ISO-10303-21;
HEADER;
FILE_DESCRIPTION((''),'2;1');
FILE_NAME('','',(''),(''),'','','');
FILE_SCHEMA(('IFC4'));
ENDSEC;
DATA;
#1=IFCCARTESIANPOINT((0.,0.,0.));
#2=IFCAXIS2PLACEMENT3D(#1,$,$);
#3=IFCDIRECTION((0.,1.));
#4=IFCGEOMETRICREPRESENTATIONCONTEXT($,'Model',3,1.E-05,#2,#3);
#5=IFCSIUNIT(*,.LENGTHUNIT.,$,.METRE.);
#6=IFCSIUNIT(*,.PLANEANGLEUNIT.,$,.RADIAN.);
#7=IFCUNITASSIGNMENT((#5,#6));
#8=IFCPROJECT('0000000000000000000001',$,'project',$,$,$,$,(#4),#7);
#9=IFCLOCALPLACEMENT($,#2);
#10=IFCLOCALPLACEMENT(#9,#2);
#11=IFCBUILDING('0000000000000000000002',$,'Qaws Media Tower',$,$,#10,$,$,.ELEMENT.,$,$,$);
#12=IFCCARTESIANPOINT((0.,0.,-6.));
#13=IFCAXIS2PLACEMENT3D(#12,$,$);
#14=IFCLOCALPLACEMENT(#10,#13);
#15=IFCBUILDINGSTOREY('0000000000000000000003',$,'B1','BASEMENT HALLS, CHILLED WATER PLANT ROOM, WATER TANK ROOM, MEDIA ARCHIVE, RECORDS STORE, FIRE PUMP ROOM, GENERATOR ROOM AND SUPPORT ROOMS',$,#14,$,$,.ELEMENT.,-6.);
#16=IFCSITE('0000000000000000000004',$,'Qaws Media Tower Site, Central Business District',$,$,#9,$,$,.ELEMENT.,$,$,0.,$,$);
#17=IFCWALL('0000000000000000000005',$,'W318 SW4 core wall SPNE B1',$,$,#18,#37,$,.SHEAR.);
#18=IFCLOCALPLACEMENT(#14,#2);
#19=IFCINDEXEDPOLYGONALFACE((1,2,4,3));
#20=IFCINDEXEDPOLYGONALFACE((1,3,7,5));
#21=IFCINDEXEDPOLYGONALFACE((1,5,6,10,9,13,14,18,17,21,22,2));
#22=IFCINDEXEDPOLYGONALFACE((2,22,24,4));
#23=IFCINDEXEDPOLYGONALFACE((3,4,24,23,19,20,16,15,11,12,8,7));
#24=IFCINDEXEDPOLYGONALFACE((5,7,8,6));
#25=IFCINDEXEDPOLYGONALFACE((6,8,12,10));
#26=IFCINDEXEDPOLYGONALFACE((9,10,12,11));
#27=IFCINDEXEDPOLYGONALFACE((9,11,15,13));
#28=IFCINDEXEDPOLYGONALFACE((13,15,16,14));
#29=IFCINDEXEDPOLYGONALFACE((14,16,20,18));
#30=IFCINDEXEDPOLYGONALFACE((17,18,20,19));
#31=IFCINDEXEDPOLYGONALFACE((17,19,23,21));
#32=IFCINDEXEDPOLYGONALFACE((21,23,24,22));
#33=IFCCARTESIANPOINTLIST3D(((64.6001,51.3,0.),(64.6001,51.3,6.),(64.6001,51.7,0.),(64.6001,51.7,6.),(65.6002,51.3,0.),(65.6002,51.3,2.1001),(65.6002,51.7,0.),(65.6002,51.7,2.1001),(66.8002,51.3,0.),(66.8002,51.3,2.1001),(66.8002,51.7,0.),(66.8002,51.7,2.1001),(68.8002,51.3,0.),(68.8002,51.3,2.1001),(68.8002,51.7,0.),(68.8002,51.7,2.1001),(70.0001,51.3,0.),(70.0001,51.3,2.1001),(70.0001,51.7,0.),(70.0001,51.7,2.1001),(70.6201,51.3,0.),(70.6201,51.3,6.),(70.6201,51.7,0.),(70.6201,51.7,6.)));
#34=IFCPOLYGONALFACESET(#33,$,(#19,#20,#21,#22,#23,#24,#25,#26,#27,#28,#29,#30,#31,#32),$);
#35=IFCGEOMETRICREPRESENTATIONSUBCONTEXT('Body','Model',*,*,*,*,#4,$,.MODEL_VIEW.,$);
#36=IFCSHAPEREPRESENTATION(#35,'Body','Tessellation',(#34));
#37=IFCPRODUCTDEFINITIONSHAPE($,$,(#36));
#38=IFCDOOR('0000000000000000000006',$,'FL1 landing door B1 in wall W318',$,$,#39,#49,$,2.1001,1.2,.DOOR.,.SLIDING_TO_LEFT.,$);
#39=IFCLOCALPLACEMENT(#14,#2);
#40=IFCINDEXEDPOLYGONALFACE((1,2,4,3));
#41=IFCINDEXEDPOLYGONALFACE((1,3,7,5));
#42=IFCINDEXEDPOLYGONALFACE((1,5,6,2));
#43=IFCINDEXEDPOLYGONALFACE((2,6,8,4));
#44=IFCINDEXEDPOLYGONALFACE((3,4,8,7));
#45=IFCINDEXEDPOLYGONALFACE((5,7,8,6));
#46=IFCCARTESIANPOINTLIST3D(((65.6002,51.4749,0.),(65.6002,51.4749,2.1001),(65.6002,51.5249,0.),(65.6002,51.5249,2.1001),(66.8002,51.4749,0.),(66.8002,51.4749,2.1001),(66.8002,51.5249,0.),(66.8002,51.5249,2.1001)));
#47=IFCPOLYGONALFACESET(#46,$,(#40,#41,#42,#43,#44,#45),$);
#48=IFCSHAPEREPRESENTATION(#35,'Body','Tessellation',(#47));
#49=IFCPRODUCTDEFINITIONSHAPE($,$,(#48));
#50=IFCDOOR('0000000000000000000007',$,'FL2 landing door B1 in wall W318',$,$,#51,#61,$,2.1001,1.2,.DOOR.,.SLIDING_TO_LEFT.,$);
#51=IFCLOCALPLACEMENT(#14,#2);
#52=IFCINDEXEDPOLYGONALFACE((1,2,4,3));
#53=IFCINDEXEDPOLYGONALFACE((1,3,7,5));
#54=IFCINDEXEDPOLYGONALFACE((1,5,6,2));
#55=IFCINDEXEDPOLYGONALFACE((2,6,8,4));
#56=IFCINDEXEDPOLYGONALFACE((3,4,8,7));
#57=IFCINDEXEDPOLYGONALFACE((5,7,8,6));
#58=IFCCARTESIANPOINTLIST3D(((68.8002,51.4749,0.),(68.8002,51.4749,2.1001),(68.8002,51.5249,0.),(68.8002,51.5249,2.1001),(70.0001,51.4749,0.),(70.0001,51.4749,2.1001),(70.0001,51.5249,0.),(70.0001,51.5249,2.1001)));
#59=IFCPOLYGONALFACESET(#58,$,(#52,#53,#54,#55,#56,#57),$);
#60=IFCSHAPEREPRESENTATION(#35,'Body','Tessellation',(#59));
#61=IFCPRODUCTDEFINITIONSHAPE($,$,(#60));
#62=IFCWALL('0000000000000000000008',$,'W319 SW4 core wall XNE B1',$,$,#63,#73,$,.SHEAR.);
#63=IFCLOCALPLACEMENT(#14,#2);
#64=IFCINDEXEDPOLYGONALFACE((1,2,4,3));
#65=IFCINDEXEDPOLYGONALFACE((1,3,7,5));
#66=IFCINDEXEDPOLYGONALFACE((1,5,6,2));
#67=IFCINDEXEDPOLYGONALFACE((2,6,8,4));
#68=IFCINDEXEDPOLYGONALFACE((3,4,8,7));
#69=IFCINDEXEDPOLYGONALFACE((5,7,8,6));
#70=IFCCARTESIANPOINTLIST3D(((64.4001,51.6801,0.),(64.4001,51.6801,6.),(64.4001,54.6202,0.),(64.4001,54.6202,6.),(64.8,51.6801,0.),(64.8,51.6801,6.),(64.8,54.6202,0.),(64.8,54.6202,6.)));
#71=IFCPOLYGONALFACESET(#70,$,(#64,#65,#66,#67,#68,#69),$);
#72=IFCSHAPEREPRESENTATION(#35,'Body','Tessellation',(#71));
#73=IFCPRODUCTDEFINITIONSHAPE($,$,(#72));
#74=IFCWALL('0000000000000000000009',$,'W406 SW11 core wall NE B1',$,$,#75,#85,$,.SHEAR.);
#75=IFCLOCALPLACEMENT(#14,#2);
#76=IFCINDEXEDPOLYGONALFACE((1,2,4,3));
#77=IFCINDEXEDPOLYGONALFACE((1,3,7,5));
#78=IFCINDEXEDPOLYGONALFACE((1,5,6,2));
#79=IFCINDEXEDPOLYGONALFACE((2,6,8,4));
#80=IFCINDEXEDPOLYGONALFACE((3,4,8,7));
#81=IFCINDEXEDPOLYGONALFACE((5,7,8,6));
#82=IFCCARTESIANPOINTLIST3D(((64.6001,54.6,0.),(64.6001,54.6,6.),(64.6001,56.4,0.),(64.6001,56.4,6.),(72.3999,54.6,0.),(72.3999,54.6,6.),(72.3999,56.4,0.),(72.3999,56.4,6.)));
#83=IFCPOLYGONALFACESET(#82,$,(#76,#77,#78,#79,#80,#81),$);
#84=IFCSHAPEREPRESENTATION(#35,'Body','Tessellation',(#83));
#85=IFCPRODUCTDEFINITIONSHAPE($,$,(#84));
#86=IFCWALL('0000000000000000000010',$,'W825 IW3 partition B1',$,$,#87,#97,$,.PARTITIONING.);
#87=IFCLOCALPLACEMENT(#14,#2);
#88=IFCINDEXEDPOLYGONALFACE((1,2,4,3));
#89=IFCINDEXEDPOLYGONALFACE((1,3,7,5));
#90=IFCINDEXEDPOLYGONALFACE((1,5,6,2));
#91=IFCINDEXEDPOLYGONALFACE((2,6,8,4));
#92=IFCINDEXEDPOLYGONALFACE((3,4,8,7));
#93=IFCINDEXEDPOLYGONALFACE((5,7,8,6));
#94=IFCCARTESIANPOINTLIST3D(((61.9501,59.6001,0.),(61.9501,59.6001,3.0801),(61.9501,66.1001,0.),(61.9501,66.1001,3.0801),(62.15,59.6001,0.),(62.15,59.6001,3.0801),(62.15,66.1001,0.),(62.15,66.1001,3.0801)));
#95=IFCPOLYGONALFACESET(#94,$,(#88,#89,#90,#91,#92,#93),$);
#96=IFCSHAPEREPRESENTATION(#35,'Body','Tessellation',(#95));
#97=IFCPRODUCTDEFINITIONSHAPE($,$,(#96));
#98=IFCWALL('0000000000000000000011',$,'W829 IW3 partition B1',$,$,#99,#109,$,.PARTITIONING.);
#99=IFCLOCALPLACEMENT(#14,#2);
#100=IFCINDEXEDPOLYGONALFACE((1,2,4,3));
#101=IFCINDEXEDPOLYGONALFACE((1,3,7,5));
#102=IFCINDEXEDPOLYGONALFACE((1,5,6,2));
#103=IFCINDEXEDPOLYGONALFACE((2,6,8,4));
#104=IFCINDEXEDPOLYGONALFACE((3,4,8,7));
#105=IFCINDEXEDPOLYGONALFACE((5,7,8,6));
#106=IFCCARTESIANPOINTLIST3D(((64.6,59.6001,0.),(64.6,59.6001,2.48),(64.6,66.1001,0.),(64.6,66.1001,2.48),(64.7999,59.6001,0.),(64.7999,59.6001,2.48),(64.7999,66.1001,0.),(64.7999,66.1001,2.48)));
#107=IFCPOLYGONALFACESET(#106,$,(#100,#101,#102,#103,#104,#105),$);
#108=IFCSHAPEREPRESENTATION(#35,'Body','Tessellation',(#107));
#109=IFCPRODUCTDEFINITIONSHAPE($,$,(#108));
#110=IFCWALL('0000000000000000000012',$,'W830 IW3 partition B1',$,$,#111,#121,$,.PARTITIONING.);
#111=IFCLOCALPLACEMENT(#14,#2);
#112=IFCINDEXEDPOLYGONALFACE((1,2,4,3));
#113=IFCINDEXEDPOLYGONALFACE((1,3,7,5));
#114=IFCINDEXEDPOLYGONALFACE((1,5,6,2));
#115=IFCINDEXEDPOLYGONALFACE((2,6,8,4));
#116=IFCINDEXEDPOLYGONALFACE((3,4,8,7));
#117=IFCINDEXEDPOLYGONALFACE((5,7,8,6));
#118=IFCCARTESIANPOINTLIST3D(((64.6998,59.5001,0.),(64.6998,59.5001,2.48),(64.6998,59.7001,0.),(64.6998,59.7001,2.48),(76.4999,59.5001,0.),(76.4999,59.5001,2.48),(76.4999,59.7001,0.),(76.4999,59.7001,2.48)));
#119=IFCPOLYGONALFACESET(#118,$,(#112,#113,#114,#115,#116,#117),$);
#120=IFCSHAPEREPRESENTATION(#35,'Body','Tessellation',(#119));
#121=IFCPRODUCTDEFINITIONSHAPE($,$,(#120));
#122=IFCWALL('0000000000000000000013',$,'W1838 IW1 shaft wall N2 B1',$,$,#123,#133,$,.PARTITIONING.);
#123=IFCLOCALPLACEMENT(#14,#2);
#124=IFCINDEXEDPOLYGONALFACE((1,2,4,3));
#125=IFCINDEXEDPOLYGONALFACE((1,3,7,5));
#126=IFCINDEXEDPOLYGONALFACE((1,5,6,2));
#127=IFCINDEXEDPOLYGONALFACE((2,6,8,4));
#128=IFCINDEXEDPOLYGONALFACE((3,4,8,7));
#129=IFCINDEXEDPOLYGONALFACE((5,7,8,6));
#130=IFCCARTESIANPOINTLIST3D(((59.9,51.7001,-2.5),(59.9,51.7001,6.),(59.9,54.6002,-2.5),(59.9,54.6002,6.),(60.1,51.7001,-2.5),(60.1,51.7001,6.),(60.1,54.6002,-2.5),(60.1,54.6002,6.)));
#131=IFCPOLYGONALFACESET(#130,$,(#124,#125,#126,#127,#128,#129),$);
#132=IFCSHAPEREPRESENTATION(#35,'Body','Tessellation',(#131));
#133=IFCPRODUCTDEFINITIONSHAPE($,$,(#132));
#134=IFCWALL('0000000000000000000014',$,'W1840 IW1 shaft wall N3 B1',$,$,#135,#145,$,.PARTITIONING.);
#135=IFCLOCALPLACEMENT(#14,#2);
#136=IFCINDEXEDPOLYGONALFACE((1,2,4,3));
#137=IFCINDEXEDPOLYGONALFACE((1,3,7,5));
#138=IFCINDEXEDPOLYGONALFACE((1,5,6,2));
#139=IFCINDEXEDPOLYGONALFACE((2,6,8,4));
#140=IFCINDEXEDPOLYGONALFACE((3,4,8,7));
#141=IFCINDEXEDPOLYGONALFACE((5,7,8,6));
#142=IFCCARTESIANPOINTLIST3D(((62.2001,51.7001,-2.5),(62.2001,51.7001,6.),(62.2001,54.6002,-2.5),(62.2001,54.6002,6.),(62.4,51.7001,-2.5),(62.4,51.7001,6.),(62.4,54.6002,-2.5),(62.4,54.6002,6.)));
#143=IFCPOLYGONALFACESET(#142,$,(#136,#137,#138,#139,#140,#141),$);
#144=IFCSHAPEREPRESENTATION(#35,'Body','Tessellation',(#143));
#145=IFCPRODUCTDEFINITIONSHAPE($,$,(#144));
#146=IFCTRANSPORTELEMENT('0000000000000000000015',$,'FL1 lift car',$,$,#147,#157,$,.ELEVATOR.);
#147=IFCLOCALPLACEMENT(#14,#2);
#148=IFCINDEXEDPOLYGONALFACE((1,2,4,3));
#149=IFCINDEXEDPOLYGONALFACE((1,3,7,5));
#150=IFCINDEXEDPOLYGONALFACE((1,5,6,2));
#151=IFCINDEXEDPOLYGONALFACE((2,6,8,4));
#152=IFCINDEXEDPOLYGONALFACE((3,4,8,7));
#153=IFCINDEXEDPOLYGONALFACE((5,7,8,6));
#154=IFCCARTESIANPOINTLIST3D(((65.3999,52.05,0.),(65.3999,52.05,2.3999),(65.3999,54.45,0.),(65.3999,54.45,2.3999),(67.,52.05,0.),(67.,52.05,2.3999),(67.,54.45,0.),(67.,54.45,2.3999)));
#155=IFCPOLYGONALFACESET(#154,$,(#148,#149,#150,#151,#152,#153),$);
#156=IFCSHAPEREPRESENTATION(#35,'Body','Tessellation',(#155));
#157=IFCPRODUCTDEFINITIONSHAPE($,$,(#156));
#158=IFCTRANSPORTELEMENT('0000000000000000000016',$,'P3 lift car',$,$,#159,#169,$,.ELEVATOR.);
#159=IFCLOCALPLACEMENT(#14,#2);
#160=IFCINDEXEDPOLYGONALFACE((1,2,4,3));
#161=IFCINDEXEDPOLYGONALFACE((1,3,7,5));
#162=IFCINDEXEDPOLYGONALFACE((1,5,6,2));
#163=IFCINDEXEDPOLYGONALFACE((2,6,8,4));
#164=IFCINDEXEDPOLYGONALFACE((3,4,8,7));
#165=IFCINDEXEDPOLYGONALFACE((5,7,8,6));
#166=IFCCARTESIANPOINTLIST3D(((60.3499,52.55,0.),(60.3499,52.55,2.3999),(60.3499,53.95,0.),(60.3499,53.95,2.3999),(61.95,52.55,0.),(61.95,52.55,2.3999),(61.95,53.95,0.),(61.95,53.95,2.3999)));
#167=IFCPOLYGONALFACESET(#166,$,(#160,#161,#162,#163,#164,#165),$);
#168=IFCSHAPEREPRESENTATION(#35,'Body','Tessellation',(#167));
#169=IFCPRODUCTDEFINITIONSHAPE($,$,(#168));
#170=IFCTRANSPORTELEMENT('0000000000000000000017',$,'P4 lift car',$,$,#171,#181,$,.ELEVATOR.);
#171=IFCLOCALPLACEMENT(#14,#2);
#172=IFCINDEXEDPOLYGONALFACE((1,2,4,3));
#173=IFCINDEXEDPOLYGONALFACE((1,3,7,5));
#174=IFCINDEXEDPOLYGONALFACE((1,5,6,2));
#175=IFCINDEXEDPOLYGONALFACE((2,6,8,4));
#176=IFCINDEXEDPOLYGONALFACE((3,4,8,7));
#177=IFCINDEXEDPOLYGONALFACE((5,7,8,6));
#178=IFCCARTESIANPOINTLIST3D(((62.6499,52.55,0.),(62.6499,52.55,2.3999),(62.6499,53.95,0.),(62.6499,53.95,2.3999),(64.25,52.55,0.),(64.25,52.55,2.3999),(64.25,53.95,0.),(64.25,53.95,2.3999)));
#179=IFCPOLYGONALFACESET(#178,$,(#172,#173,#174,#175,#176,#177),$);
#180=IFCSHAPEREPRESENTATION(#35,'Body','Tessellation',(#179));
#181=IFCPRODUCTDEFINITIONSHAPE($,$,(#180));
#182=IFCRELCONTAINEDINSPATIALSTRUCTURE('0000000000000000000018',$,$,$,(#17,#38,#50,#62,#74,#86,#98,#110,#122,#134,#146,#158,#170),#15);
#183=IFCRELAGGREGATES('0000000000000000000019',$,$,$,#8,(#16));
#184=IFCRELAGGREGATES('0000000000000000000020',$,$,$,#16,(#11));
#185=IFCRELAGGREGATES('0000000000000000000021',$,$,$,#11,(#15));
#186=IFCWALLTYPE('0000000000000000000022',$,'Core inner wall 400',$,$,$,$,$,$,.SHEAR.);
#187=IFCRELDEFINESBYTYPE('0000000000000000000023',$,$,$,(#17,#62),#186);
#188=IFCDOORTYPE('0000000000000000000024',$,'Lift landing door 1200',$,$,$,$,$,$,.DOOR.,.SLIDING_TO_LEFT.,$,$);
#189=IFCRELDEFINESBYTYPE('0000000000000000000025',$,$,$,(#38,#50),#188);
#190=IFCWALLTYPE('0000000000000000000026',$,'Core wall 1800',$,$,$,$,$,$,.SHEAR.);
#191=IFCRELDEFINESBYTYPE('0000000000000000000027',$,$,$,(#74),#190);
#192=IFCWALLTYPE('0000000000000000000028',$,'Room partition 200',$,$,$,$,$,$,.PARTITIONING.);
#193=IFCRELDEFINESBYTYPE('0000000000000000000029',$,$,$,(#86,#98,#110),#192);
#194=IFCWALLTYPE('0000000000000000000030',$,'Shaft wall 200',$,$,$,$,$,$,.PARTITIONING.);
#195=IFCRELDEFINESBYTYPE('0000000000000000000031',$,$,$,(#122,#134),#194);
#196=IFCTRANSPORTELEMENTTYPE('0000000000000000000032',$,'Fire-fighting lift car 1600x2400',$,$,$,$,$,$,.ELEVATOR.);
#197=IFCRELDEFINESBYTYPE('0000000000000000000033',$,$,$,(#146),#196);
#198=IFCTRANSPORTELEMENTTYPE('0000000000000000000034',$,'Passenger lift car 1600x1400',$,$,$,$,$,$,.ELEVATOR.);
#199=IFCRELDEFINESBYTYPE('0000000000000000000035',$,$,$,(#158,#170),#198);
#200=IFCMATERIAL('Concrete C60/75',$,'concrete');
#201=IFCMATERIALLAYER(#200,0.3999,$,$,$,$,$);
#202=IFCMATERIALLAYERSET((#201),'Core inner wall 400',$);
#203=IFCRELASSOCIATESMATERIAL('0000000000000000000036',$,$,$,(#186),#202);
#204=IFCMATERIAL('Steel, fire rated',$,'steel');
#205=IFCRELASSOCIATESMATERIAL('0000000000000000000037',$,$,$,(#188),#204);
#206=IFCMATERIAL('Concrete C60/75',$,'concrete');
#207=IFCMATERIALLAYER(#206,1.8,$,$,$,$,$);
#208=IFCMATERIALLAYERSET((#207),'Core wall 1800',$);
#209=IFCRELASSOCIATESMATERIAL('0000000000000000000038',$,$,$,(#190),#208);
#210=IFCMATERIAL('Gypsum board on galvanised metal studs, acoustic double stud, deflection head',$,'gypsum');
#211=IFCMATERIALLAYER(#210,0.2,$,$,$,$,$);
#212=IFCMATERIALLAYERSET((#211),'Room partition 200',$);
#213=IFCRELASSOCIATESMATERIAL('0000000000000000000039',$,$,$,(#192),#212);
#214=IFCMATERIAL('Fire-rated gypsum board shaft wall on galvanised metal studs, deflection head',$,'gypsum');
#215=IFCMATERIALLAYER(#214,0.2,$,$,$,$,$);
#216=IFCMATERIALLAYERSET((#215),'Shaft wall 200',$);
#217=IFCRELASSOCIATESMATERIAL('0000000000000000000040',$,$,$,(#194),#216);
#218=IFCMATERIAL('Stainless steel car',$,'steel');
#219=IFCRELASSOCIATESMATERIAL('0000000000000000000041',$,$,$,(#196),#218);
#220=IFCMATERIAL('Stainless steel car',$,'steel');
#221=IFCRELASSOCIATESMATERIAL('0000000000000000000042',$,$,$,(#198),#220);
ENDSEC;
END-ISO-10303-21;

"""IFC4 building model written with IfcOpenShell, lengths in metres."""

from ifc_helpers import new_model, si_unit, direction, frame, frame_2d, origin, origin_2d, place, context, subcontext, project, spatial, rectangle, extrude, material, layer, layer_set, type_object, element, fill, save


model = new_model("IFC4")

# Units and contexts
model_context = context("Model", 3, precision=1e-05, world=origin(), true_north=direction((0.0, 1.0)))
body_context = subcontext(model_context, "Body", "Model", "MODEL_VIEW")
ifc_project = project(units=[si_unit("LENGTHUNIT", "METRE"), si_unit("PLANEANGLEUNIT", "RADIAN")], contexts=[model_context])

# Site, building, storey
site_placement = place(None, origin())
site = spatial("IfcSite", under=ifc_project, at=site_placement, Name="Qaws Media Tower Site, Central Business District", CompositionType="ELEMENT", RefElevation=0.0)
building_placement = place(site_placement, origin())
building = spatial("IfcBuilding", under=site, at=building_placement, Name="Qaws Media Tower", CompositionType="ELEMENT")
storey_placement = place(building_placement, frame((0.0, 0.0, -6.0)))
storey = spatial("IfcBuildingStorey", under=building, at=storey_placement, Name="B1", Description="BASEMENT HALLS, CHILLED WATER PLANT ROOM, WATER TANK ROOM, MEDIA ARCHIVE, RECORDS STORE, FIRE PUMP ROOM, GENERATOR ROOM AND SUPPORT ROOMS", CompositionType="ELEMENT", Elevation=-6.0)

# Wall, openings, doors
ifc_material_1 = material(Name="Concrete C60/75", Category="concrete")
ifc_layer_1 = layer(ifc_material_1, 0.3999)
ifc_layer_set_1 = layer_set([ifc_layer_1], Name="Core inner wall 400")
wall_type_1 = type_object("IfcWallType", Name="Core inner wall 400", PredefinedType="SHEAR", material=ifc_layer_set_1)
wall_1_placement = place(storey_placement, frame((64.6001, 51.5, 0.0), z_axis=(0.0, 0.0, 1.0), x_axis=(1.0, 0.0, 0.0)))
wall_1 = element("IfcWall", 1, at=wall_1_placement, inside=storey, type_object=wall_type_1, Name="W318 SW4 core wall SPNE B1", PredefinedType="SHEAR", context=body_context, shape_type="SweptSolid", body=[
    extrude(rectangle(XDim=6.02, YDim=0.3999, at=frame_2d((3.01, 0.0))), origin(), (0.0, 0.0, 1.0), 6.0),
])
opening_1_placement = place(wall_1_placement, frame((1.0, 0.0, 0.0)))
opening_1 = element("IfcOpeningElement", 2, at=opening_1_placement, cuts=wall_1, PredefinedType="OPENING", context=body_context, shape_type="SweptSolid", body=[
    extrude(rectangle(XDim=1.2, YDim=2.1001, at=frame_2d((0.6001, 1.05))), frame((0.0, 0.21, 0.0), z_axis=(0.0, -1.0, 0.0), x_axis=(1.0, 0.0, 0.0)), (0.0, 0.0, 1.0), 0.4199),
])
opening_2_placement = place(wall_1_placement, frame((4.2, 0.0, 0.0)))
opening_2 = element("IfcOpeningElement", 3, at=opening_2_placement, cuts=wall_1, PredefinedType="OPENING", context=body_context, shape_type="SweptSolid", body=[
    extrude(rectangle(XDim=1.2, YDim=2.1001, at=frame_2d((0.6001, 1.05))), frame((0.0, 0.21, 0.0), z_axis=(0.0, -1.0, 0.0), x_axis=(1.0, 0.0, 0.0)), (0.0, 0.0, 1.0), 0.4199),
])
ifc_material_2 = material(Name="Steel, fire rated", Category="steel")
door_type = type_object("IfcDoorType", Name="Lift landing door 1200", OperationType="SLIDING_TO_LEFT", PredefinedType="DOOR", material=ifc_material_2)
door_1_placement = place(opening_1_placement, origin())
door_1 = element("IfcDoor", 4, at=door_1_placement, inside=storey, type_object=door_type, Name="FL1 landing door B1 in wall W318", OperationType="SLIDING_TO_LEFT", OverallHeight=2.1001, OverallWidth=1.2, PredefinedType="DOOR", context=body_context, shape_type="SweptSolid", body=[
    extrude(rectangle(XDim=1.2, YDim=2.1001, at=frame_2d((0.6001, 1.05))), frame((0.0, 0.0249, 0.0), z_axis=(0.0, -1.0, 0.0), x_axis=(1.0, 0.0, 0.0)), (0.0, 0.0, 1.0), 0.05),
])
fill(opening_1, door_1)
door_2_placement = place(opening_2_placement, origin())
door_2 = element("IfcDoor", 5, at=door_2_placement, inside=storey, type_object=door_type, Name="FL2 landing door B1 in wall W318", OperationType="SLIDING_TO_LEFT", OverallHeight=2.1001, OverallWidth=1.2, PredefinedType="DOOR", context=body_context, shape_type="SweptSolid", body=[
    extrude(rectangle(XDim=1.2, YDim=2.1001, at=frame_2d((0.6001, 1.05))), frame((0.0, 0.0249, 0.0), z_axis=(0.0, -1.0, 0.0), x_axis=(1.0, 0.0, 0.0)), (0.0, 0.0, 1.0), 0.05),
])
fill(opening_2, door_2)

# Walls
wall_2_placement = place(storey_placement, frame((64.6001, 51.6799, 0.0), z_axis=(0.0, 0.0, 1.0), x_axis=(0.0, 1.0, 0.0)))
element("IfcWall", 6, at=wall_2_placement, inside=storey, type_object=wall_type_1, Name="W319 SW4 core wall XNE B1", PredefinedType="SHEAR", context=body_context, shape_type="SweptSolid", body=[
    extrude(rectangle(XDim=2.9402, YDim=0.3999, at=frame_2d((1.4702, 0.0))), origin(), (0.0, 0.0, 1.0), 6.0),
])
ifc_material_3 = material(Name="Concrete C60/75", Category="concrete")
ifc_layer_2 = layer(ifc_material_3, 1.8)
ifc_layer_set_2 = layer_set([ifc_layer_2], Name="Core wall 1800")
wall_type_2 = type_object("IfcWallType", Name="Core wall 1800", PredefinedType="SHEAR", material=ifc_layer_set_2)
wall_3_placement = place(storey_placement, frame((64.6001, 55.5, 0.0), z_axis=(0.0, 0.0, 1.0), x_axis=(1.0, 0.0, 0.0)))
element("IfcWall", 7, at=wall_3_placement, inside=storey, type_object=wall_type_2, Name="W406 SW11 core wall NE B1", PredefinedType="SHEAR", context=body_context, shape_type="SweptSolid", body=[
    extrude(rectangle(XDim=7.7998, YDim=1.8, at=frame_2d((3.8999, 0.0))), origin(), (0.0, 0.0, 1.0), 6.0),
])
ifc_material_4 = material(Name="Gypsum board on galvanised metal studs, acoustic double stud, deflection head", Category="gypsum")
ifc_layer_3 = layer(ifc_material_4, 0.2)
ifc_layer_set_3 = layer_set([ifc_layer_3], Name="Room partition 200")
wall_type_3 = type_object("IfcWallType", Name="Room partition 200", PredefinedType="PARTITIONING", material=ifc_layer_set_3)
wall_4_placement = place(storey_placement, frame((62.05, 59.6001, 0.0), z_axis=(0.0, 0.0, 1.0), x_axis=(0.0, 1.0, 0.0)))
element("IfcWall", 8, at=wall_4_placement, inside=storey, type_object=wall_type_3, Name="W825 IW3 partition B1", PredefinedType="PARTITIONING", context=body_context, shape_type="SweptSolid", body=[
    extrude(rectangle(XDim=6.5, YDim=0.2, at=frame_2d((3.25, 0.0))), origin(), (0.0, 0.0, 1.0), 3.0801),
])
wall_5_placement = place(storey_placement, frame((64.7, 59.6001, 0.0), z_axis=(0.0, 0.0, 1.0), x_axis=(0.0, 1.0, 0.0)))
element("IfcWall", 9, at=wall_5_placement, inside=storey, type_object=wall_type_3, Name="W829 IW3 partition B1", PredefinedType="PARTITIONING", context=body_context, shape_type="SweptSolid", body=[
    extrude(rectangle(XDim=6.5, YDim=0.2, at=frame_2d((3.25, 0.0))), origin(), (0.0, 0.0, 1.0), 2.48),
])
wall_6_placement = place(storey_placement, frame((64.7, 59.6001, 0.0), z_axis=(0.0, 0.0, 1.0), x_axis=(1.0, 0.0, 0.0)))
element("IfcWall", 10, at=wall_6_placement, inside=storey, type_object=wall_type_3, Name="W830 IW3 partition B1", PredefinedType="PARTITIONING", context=body_context, shape_type="SweptSolid", body=[
    extrude(rectangle(XDim=11.8, YDim=0.2, at=frame_2d((5.8999, 0.0))), origin(), (0.0, 0.0, 1.0), 2.48),
])
ifc_material_5 = material(Name="Fire-rated gypsum board shaft wall on galvanised metal studs, deflection head", Category="gypsum")
ifc_layer_4 = layer(ifc_material_5, 0.2)
ifc_layer_set_4 = layer_set([ifc_layer_4], Name="Shaft wall 200")
wall_type_4 = type_object("IfcWallType", Name="Shaft wall 200", PredefinedType="PARTITIONING", material=ifc_layer_set_4)
for number, where, z_axis, x_axis, name in (
    (11, (60.0, 51.7, -2.5), (0.0, 0.0, 1.0), (0.0, 1.0, 0.0), "W1838 IW1 shaft wall N2 B1"),
    (12, (62.3, 51.7, -2.5), (0.0, 0.0, 1.0), (0.0, 1.0, 0.0), "W1840 IW1 shaft wall N3 B1"),
):
    element("IfcWall", number, at=place(storey_placement, frame(where, z_axis=z_axis, x_axis=x_axis)), inside=storey, type_object=wall_type_4, Name=name, PredefinedType="PARTITIONING", context=body_context, shape_type="SweptSolid", body=[
        extrude(rectangle(XDim=2.9001, YDim=0.2, at=frame_2d((1.4502, 0.0))), origin(), (0.0, 0.0, 1.0), 8.5),
    ])

# Transport elements
ifc_material_6 = material(Name="Stainless steel car", Category="steel")
transport_element_type_1 = type_object("IfcTransportElementType", Name="Fire-fighting lift car 1600x2400", PredefinedType="ELEVATOR", material=ifc_material_6)
transport_element_placement = place(storey_placement, frame((66.2, 53.25, 0.0), z_axis=(0.0, 0.0, 1.0), x_axis=(1.0, 0.0, 0.0)))
element("IfcTransportElement", 13, at=transport_element_placement, inside=storey, type_object=transport_element_type_1, Name="FL1 lift car", PredefinedType="ELEVATOR", context=body_context, shape_type="SweptSolid", body=[
    extrude(rectangle(XDim=1.6001, YDim=2.3999, at=origin_2d()), origin(), (0.0, 0.0, 1.0), 2.3999),
])
ifc_material_7 = material(Name="Stainless steel car", Category="steel")
transport_element_type_2 = type_object("IfcTransportElementType", Name="Passenger lift car 1600x1400", PredefinedType="ELEVATOR", material=ifc_material_7)
for number, where, z_axis, x_axis, name in (
    (14, (61.1499, 53.25, 0.0), (0.0, 0.0, 1.0), (1.0, 0.0, 0.0), "P3 lift car"),
    (15, (63.45, 53.25, 0.0), (0.0, 0.0, 1.0), (1.0, 0.0, 0.0), "P4 lift car"),
):
    element("IfcTransportElement", number, at=place(storey_placement, frame(where, z_axis=z_axis, x_axis=x_axis)), inside=storey, type_object=transport_element_type_2, Name=name, PredefinedType="ELEVATOR", context=body_context, shape_type="SweptSolid", body=[
        extrude(rectangle(XDim=1.6001, YDim=1.3999, at=origin_2d()), origin(), (0.0, 0.0, 1.0), 2.3999),
    ])

save(model, "model.ifc")
